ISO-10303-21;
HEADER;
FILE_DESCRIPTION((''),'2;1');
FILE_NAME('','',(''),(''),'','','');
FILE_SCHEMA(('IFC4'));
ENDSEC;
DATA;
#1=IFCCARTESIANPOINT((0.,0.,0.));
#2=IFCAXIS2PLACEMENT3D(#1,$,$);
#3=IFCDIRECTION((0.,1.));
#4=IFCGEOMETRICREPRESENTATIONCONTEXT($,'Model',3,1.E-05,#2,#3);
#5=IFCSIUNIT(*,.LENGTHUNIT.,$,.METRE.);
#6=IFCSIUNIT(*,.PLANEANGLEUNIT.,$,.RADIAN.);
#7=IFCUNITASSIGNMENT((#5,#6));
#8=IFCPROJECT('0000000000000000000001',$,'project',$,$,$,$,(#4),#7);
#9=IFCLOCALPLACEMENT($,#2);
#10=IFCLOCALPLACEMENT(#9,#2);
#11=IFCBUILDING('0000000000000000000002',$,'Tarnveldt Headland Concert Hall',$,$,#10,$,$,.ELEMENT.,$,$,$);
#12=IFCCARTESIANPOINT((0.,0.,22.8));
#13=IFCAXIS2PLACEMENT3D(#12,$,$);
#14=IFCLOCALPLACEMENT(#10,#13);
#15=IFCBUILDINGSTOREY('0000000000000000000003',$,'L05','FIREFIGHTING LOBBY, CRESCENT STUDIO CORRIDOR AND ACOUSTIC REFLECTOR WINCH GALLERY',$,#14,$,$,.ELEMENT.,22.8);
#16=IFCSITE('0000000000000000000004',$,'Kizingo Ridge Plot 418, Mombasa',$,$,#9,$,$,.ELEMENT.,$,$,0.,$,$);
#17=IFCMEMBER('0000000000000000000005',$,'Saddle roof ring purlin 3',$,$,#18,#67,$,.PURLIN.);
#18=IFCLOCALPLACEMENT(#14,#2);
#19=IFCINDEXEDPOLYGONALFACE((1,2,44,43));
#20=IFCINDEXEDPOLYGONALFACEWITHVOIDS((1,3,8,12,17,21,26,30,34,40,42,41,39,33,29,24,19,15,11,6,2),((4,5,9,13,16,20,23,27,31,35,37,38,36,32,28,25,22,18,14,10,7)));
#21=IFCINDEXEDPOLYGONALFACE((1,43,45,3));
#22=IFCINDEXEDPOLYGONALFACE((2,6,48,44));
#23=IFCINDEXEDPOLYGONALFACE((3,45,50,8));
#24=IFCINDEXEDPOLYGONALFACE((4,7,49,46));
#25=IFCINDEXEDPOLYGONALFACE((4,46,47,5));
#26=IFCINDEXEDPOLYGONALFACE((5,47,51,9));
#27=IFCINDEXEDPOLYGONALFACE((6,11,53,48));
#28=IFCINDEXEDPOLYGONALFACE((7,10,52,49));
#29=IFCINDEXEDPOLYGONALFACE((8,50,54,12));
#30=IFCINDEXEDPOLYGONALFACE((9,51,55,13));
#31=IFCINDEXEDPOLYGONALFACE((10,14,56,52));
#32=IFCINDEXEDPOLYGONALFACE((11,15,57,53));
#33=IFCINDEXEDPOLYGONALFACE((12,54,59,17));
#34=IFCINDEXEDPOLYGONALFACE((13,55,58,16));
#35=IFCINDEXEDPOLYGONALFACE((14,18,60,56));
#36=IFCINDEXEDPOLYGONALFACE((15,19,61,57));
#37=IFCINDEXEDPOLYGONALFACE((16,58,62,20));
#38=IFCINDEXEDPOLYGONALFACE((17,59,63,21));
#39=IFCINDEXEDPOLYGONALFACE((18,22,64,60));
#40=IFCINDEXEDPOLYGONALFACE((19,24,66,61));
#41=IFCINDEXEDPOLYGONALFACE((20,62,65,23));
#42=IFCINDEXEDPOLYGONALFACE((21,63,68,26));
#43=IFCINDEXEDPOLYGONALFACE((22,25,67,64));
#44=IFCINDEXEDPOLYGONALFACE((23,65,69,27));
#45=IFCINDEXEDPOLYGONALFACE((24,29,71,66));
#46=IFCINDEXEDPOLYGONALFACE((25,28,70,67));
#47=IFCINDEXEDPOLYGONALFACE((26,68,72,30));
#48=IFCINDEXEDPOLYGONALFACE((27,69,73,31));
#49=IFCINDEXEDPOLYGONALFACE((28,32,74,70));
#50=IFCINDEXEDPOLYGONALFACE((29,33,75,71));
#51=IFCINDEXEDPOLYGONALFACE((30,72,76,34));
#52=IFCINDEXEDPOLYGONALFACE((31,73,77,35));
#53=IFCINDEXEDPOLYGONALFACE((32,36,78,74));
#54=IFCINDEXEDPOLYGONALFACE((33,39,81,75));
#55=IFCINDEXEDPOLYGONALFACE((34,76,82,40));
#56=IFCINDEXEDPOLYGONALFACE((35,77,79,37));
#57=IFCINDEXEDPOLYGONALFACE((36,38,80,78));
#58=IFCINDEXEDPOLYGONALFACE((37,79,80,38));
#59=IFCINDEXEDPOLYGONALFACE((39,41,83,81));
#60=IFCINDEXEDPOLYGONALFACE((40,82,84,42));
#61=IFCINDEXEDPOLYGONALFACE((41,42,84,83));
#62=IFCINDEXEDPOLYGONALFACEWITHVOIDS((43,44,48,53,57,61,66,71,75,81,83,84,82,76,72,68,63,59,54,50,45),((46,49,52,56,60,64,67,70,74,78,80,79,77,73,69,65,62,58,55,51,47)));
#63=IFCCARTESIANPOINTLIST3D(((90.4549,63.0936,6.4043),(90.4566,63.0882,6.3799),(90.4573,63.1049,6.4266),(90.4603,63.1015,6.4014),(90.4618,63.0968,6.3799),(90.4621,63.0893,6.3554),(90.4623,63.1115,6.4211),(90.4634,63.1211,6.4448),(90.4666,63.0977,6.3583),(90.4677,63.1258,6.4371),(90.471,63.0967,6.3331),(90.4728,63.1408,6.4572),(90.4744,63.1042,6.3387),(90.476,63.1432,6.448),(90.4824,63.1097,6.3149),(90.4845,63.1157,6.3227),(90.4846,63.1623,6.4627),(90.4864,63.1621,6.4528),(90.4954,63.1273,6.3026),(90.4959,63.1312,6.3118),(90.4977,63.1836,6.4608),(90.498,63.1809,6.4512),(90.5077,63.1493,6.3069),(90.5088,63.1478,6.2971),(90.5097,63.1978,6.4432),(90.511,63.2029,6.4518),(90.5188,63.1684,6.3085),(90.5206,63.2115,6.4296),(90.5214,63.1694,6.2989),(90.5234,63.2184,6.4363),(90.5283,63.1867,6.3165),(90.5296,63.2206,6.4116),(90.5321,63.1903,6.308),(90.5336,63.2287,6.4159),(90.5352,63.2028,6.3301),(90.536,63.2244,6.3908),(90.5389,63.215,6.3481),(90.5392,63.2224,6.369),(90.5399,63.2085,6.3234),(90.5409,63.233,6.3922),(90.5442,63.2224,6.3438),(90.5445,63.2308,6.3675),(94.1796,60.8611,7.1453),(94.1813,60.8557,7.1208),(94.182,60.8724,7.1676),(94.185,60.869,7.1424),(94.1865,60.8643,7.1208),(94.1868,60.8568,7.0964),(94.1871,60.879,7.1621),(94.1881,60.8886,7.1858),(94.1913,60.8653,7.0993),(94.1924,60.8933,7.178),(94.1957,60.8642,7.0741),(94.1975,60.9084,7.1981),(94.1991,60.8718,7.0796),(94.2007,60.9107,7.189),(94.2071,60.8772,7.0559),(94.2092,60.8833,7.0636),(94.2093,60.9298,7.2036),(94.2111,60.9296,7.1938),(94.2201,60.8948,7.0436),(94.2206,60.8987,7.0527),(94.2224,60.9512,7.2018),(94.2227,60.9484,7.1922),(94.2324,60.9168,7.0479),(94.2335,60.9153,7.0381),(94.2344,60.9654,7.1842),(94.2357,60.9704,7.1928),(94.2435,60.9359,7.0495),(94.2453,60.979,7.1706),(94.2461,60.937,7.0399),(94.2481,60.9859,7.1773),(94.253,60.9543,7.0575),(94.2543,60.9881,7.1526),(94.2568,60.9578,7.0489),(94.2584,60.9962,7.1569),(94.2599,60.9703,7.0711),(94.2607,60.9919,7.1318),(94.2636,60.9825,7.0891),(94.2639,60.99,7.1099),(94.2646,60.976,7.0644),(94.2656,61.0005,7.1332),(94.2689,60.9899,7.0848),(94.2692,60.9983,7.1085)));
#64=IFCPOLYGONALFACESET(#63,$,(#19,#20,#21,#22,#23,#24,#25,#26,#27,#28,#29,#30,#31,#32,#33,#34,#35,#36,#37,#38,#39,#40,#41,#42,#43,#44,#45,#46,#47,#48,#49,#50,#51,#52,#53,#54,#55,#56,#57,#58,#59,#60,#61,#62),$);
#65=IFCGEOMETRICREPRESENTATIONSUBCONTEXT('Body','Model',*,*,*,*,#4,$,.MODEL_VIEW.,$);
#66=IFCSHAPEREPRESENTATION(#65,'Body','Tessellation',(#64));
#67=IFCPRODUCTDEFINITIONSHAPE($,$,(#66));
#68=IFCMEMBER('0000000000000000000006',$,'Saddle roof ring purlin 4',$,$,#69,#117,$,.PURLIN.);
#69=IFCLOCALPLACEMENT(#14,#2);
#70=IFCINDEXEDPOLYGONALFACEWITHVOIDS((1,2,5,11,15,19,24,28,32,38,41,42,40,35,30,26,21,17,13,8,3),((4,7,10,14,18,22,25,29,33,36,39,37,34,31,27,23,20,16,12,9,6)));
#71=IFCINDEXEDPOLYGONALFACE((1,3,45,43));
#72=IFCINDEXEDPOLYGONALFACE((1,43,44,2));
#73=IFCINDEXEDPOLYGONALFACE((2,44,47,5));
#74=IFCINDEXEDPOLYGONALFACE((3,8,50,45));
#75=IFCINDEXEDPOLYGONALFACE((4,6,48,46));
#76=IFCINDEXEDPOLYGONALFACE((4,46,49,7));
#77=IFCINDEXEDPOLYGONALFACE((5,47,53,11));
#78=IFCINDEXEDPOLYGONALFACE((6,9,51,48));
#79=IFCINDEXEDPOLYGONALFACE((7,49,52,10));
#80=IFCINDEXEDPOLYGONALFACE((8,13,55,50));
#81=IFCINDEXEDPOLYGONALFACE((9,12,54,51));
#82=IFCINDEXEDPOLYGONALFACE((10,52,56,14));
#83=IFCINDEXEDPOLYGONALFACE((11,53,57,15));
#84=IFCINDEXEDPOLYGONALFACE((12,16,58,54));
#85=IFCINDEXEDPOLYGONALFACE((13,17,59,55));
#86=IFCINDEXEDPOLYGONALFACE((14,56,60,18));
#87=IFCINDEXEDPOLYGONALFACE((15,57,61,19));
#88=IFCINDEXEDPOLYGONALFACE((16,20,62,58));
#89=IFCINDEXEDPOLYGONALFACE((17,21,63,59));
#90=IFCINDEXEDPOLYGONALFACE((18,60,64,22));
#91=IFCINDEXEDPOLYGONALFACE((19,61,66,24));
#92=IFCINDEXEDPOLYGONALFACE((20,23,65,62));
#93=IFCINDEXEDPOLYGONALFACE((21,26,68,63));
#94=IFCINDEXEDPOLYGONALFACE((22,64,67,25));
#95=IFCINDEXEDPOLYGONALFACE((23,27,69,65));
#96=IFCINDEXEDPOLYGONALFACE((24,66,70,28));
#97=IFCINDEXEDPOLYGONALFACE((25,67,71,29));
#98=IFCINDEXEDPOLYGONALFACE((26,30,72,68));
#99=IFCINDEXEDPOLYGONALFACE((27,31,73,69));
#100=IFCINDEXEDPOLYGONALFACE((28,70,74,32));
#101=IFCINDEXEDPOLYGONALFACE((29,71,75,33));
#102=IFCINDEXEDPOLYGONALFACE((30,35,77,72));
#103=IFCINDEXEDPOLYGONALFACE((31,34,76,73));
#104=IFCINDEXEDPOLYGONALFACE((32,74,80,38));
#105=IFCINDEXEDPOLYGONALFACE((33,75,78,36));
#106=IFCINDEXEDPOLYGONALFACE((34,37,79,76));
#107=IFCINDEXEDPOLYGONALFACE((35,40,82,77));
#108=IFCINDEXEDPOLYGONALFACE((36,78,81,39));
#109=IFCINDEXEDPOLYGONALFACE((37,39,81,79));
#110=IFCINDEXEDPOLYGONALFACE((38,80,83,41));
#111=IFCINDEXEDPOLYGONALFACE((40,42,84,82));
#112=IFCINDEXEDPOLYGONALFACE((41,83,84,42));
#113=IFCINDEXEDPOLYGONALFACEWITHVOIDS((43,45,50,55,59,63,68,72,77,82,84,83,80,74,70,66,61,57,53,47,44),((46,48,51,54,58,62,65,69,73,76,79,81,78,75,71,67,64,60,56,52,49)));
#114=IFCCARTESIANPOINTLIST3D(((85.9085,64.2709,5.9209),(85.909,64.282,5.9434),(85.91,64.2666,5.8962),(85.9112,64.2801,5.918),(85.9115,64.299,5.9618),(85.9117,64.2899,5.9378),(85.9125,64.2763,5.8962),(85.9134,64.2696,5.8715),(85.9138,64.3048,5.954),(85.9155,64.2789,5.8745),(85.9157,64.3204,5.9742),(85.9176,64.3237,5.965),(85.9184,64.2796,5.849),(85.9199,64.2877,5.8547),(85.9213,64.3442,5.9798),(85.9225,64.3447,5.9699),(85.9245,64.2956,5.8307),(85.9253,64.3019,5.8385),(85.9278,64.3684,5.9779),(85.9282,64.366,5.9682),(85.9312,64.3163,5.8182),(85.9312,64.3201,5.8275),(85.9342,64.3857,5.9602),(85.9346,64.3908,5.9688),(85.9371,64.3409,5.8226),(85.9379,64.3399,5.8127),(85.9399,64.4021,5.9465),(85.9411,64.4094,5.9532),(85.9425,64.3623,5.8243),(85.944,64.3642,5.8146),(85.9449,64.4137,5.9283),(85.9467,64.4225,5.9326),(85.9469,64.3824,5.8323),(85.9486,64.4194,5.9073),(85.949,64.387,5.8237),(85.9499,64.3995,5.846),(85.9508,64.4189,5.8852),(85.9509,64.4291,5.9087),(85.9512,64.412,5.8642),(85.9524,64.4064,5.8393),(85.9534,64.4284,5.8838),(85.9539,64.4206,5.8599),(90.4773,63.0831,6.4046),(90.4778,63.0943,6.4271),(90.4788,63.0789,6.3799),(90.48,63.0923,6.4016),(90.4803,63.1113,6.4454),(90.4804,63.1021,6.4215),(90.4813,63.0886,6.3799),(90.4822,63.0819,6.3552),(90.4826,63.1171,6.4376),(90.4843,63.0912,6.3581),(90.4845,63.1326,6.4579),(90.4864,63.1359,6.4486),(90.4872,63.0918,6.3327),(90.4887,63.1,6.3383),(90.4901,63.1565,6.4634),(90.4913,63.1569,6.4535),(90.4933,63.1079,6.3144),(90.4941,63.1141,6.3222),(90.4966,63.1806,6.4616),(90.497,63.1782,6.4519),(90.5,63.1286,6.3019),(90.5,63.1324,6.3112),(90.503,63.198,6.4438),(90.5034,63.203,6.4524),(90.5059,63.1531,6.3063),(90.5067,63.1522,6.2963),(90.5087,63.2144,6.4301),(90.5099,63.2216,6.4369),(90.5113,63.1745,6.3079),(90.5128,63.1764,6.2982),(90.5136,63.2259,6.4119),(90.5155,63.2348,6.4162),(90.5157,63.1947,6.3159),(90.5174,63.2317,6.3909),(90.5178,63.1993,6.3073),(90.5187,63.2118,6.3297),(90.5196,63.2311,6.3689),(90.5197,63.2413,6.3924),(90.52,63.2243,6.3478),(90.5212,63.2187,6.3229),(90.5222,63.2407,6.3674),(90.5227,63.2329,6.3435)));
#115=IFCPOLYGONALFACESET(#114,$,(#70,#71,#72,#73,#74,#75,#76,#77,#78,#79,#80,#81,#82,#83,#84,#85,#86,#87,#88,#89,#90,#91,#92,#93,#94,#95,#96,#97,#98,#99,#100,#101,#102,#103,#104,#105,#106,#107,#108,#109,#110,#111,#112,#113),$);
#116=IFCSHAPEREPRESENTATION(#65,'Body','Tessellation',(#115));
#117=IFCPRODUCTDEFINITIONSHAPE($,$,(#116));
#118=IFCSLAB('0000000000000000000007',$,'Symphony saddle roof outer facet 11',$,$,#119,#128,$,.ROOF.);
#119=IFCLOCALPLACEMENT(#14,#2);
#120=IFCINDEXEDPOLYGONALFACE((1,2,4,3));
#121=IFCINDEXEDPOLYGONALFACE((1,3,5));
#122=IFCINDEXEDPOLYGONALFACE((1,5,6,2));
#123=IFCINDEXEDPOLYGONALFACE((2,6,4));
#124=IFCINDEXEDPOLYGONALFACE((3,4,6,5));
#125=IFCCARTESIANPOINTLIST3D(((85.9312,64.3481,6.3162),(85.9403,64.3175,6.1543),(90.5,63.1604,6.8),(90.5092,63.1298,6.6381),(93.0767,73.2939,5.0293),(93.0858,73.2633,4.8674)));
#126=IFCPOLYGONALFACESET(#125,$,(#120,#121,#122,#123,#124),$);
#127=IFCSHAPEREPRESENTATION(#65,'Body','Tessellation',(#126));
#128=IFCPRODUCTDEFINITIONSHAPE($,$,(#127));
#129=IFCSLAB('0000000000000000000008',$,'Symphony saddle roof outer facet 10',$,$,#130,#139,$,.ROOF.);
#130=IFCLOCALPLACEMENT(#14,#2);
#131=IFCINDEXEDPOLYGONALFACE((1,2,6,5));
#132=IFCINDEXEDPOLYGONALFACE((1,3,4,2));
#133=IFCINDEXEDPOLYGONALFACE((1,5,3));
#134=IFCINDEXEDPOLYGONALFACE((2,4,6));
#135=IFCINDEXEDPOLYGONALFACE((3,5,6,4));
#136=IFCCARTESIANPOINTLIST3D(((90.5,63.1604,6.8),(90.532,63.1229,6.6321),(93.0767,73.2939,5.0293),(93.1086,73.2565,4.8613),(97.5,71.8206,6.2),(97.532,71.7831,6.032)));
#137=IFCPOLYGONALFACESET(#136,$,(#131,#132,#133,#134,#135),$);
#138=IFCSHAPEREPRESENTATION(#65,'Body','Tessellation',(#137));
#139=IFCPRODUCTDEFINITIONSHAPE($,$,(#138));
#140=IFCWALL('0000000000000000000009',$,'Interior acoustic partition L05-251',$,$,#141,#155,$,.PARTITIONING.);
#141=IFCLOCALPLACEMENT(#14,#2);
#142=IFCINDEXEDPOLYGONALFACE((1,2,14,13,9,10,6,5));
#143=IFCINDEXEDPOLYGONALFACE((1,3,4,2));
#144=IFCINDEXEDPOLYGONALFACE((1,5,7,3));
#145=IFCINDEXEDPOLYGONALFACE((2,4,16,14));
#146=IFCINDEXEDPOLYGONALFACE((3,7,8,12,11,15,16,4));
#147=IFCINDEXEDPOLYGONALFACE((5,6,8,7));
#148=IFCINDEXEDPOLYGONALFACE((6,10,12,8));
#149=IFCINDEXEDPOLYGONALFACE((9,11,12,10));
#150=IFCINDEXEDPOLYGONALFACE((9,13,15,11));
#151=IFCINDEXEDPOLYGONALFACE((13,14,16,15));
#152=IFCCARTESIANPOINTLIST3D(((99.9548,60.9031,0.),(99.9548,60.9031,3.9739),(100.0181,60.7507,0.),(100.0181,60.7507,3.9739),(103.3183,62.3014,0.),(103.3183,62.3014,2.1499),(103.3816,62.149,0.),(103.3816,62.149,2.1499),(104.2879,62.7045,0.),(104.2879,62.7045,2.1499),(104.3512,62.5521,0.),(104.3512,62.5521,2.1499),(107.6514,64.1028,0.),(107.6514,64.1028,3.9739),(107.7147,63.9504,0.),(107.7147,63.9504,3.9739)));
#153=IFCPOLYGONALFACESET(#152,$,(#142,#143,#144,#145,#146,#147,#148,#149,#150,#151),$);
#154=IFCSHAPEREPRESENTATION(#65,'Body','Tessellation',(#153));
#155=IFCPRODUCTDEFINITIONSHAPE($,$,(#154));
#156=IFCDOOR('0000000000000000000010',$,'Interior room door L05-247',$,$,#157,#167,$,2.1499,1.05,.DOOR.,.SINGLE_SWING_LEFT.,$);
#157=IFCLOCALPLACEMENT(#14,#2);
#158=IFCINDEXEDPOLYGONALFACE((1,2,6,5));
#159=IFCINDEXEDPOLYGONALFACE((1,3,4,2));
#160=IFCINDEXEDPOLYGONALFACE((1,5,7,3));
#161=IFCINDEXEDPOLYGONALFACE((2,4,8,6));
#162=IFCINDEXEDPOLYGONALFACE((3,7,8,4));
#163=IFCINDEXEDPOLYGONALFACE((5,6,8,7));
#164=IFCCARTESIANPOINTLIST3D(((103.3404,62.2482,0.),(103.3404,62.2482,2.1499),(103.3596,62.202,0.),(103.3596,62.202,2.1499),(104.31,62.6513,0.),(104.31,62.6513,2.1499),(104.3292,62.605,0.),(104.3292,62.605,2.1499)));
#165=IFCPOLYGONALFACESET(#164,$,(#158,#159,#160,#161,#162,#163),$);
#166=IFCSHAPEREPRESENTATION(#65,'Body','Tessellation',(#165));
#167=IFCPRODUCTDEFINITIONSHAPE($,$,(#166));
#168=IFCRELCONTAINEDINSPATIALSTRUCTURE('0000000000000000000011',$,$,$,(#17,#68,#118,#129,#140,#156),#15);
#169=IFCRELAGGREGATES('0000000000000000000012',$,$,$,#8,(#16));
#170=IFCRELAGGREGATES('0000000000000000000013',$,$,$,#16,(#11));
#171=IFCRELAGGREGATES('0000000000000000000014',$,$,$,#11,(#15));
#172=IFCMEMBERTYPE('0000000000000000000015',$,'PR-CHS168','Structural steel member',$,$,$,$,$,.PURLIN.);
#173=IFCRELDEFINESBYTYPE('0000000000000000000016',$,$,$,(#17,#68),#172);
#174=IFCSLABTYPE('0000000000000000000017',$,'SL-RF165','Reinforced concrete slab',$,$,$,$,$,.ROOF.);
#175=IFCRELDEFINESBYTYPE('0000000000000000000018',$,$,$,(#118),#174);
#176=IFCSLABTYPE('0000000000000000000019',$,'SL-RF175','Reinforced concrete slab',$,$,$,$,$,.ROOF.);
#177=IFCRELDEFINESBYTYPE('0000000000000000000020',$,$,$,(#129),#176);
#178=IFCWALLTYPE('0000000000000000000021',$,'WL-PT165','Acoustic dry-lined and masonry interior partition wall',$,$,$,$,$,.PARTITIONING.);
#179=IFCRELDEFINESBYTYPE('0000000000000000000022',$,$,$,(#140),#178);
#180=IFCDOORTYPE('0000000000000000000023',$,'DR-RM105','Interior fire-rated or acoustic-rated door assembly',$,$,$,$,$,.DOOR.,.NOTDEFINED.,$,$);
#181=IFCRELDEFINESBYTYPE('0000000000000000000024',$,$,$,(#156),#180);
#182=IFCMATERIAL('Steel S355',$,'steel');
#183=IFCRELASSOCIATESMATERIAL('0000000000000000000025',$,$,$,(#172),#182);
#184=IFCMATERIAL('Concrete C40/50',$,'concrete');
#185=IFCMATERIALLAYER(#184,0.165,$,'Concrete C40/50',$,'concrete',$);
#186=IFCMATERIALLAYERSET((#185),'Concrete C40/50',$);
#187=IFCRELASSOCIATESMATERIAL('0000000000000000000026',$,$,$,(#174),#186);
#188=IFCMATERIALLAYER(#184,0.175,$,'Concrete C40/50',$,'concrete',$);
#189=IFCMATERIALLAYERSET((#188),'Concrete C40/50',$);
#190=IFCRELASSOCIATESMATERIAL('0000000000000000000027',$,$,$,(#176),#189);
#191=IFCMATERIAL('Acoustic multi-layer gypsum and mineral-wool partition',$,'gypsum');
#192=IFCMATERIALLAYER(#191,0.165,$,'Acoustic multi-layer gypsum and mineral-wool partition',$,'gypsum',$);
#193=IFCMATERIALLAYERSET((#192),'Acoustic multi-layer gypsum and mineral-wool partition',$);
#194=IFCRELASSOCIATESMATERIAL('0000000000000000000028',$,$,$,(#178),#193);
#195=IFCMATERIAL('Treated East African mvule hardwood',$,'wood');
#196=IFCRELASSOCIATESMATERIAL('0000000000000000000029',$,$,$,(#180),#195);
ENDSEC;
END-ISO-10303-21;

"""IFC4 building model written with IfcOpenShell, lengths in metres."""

from ifc_helpers import new_model, si_unit, direction, frame, frame_2d, origin, origin_2d, place, context, subcontext, project, spatial, polyline, rectangle, hollow_circle, outline, extrude, material, layer, layer_set, material_profile, profile_set, type_object, element, fill, save


model = new_model("IFC4")

# Units and contexts
model_context = context("Model", 3, precision=1e-05, world=origin(), true_north=direction((0.0, 1.0)))
body_context = subcontext(model_context, "Body", "Model", "MODEL_VIEW")
ifc_project = project(units=[si_unit("LENGTHUNIT", "METRE"), si_unit("PLANEANGLEUNIT", "RADIAN")], contexts=[model_context])

# Site, building, storey
site_placement = place(None, origin())
site = spatial("IfcSite", under=ifc_project, at=site_placement, Name="Kizingo Ridge Plot 418, Mombasa", CompositionType="ELEMENT", RefElevation=0.0)
building_placement = place(site_placement, origin())
building = spatial("IfcBuilding", under=site, at=building_placement, Name="Tarnveldt Headland Concert Hall", CompositionType="ELEMENT")
storey_placement = place(building_placement, frame((0.0, 0.0, 22.8)))
storey = spatial("IfcBuildingStorey", under=building, at=storey_placement, Name="L05", Description="FIREFIGHTING LOBBY, CRESCENT STUDIO CORRIDOR AND ACOUSTIC REFLECTOR WINCH GALLERY", CompositionType="ELEMENT", Elevation=22.8)

# Shared definitions
ifc_material_1 = material(Name="Concrete C40/50", Category="concrete")

# Members
ifc_material_2 = material(Name="Steel S355", Category="steel")
ifc_material_profile_1 = material_profile(ifc_material_2, hollow_circle(Radius=0.0842, WallThickness=0.01, at=origin_2d()), Name="CHS 168.3x10", Category="steel")
ifc_profile_set_1 = profile_set([ifc_material_profile_1], Name="Steel S355")
member_type_1 = type_object("IfcMemberType", Name="PR-CHS168", Description="Structural steel member", PredefinedType="PURLIN", material=ifc_profile_set_1)
member_1_placement = place(storey_placement, frame((94.2246, 60.928, 7.1208), z_axis=(-0.84551, 0.506774, -0.168204), x_axis=(-0.514099, -0.857731, 0.0)))
element("IfcMember", 1, at=member_1_placement, inside=storey, type_object=member_type_1, Name="Saddle roof ring purlin 3", PredefinedType="PURLIN", context=body_context, shape_type="SweptSolid", body=[
    extrude(hollow_circle(Radius=0.0842, WallThickness=0.01, at=origin_2d()), origin(), (0.0, 0.0, 1.0), 4.4053),
])
member_2_placement = place(storey_placement, frame((90.5, 63.1604, 6.3799), z_axis=(-0.962791, 0.250293, -0.101918), x_axis=(-0.251603, -0.967831, 0.0)))
element("IfcMember", 2, at=member_2_placement, inside=storey, type_object=member_type_1, Name="Saddle roof ring purlin 4", PredefinedType="PURLIN", context=body_context, shape_type="SweptSolid", body=[
    extrude(hollow_circle(Radius=0.0842, WallThickness=0.01, at=origin_2d()), origin(), (0.0, 0.0, 1.0), 4.7454),
])

# Slabs
ifc_layer_1 = layer(ifc_material_1, 0.165, Name="Concrete C40/50", Category="concrete")
ifc_layer_set_1 = layer_set([ifc_layer_1], Name="Concrete C40/50")
slab_type_1 = type_object("IfcSlabType", Name="SL-RF165", Description="Reinforced concrete slab", PredefinedType="ROOF", material=ifc_layer_set_1)
slab_1_placement = place(storey_placement, frame((90.5, 63.1604, 6.8), z_axis=(-0.055658, 0.185583, 0.981051), x_axis=(0.242969, 0.955555, -0.166975)))
element("IfcSlab", 3, at=slab_1_placement, inside=storey, type_object=slab_type_1, Name="Symphony saddle roof outer facet 11", PredefinedType="ROOF", context=body_context, shape_type="SweptSolid", body=[
    extrude(outline(polyline([(0.0, 0.0), (10.6049, 0.0), (0.1057, 4.7443), (0.0, 0.0)])), origin(), (0.0, 0.0, -1.0), 0.165),
])
ifc_layer_2 = layer(ifc_material_1, 0.175, Name="Concrete C40/50", Category="concrete")
ifc_layer_set_2 = layer_set([ifc_layer_2], Name="Concrete C40/50")
slab_type_2 = type_object("IfcSlabType", Name="SL-RF175", Description="Reinforced concrete slab", PredefinedType="ROOF", material=ifc_layer_set_2)
slab_2_placement = place(storey_placement, frame((90.5, 63.1604, 6.8), z_axis=(-0.182636, 0.214118, 0.959582), x_axis=(0.627712, 0.776583, -0.053813)))
element("IfcSlab", 4, at=slab_2_placement, inside=storey, type_object=slab_type_2, Name="Symphony saddle roof outer facet 10", PredefinedType="ROOF", context=body_context, shape_type="SweptSolid", body=[
    extrude(outline(polyline([(0.0, 0.0), (11.1516, 0.0), (9.5822, 4.5436), (0.0, 0.0)])), origin(), (0.0, 0.0, -1.0), 0.175),
])

# Wall, opening, door
ifc_material_3 = material(Name="Acoustic multi-layer gypsum and mineral-wool partition", Category="gypsum")
ifc_layer_3 = layer(ifc_material_3, 0.165, Name="Acoustic multi-layer gypsum and mineral-wool partition", Category="gypsum")
ifc_layer_set_3 = layer_set([ifc_layer_3], Name="Acoustic multi-layer gypsum and mineral-wool partition")
wall_type_1 = type_object("IfcWallType", Name="WL-PT165", Description="Acoustic dry-lined and masonry interior partition wall", PredefinedType="PARTITIONING", material=ifc_layer_set_3)
wall_1_placement = place(storey_placement, frame((99.9866, 60.8269, 0.0), z_axis=(0.0, 0.0, 1.0), x_axis=(0.923383, 0.383881, 0.0)))
wall_1 = element("IfcWall", 5, at=wall_1_placement, inside=storey, type_object=wall_type_1, Name="Interior acoustic partition L05-251", PredefinedType="PARTITIONING", context=body_context, shape_type="SweptSolid", body=[
    extrude(rectangle(XDim=8.3352, YDim=0.165, at=frame_2d((4.1675, 0.0))), origin(), (0.0, 0.0, 1.0), 3.9739),
])
opening_1_placement = place(wall_1_placement, frame((3.6426, 0.0, 0.0)))
opening_1 = element("IfcOpeningElement", 6, at=opening_1_placement, cuts=wall_1, PredefinedType="OPENING", context=body_context, shape_type="SweptSolid", body=[
    extrude(rectangle(XDim=1.05, YDim=2.1499, at=frame_2d((0.5249, 1.075))), frame((0.0, 0.0925, 0.0), z_axis=(0.0, -1.0, 0.0), x_axis=(1.0, 0.0, 0.0)), (0.0, 0.0, 1.0), 0.1851),
])
ifc_material_4 = material(Name="Treated East African mvule hardwood", Category="wood")
door_type = type_object("IfcDoorType", Name="DR-RM105", Description="Interior fire-rated or acoustic-rated door assembly", OperationType="NOTDEFINED", PredefinedType="DOOR", material=ifc_material_4)
door_1_placement = place(opening_1_placement, origin())
door_1 = element("IfcDoor", 7, at=door_1_placement, inside=storey, type_object=door_type, Name="Interior room door L05-247", OperationType="SINGLE_SWING_LEFT", OverallHeight=2.1499, OverallWidth=1.05, PredefinedType="DOOR", context=body_context, shape_type="SweptSolid", body=[
    extrude(rectangle(XDim=1.05, YDim=2.1499, at=frame_2d((0.5249, 1.075))), frame((0.0, 0.0249, 0.0), z_axis=(0.0, -1.0, 0.0), x_axis=(1.0, 0.0, 0.0)), (0.0, 0.0, 1.0), 0.05),
])
fill(opening_1, door_1)

save(model, "model.ifc")
